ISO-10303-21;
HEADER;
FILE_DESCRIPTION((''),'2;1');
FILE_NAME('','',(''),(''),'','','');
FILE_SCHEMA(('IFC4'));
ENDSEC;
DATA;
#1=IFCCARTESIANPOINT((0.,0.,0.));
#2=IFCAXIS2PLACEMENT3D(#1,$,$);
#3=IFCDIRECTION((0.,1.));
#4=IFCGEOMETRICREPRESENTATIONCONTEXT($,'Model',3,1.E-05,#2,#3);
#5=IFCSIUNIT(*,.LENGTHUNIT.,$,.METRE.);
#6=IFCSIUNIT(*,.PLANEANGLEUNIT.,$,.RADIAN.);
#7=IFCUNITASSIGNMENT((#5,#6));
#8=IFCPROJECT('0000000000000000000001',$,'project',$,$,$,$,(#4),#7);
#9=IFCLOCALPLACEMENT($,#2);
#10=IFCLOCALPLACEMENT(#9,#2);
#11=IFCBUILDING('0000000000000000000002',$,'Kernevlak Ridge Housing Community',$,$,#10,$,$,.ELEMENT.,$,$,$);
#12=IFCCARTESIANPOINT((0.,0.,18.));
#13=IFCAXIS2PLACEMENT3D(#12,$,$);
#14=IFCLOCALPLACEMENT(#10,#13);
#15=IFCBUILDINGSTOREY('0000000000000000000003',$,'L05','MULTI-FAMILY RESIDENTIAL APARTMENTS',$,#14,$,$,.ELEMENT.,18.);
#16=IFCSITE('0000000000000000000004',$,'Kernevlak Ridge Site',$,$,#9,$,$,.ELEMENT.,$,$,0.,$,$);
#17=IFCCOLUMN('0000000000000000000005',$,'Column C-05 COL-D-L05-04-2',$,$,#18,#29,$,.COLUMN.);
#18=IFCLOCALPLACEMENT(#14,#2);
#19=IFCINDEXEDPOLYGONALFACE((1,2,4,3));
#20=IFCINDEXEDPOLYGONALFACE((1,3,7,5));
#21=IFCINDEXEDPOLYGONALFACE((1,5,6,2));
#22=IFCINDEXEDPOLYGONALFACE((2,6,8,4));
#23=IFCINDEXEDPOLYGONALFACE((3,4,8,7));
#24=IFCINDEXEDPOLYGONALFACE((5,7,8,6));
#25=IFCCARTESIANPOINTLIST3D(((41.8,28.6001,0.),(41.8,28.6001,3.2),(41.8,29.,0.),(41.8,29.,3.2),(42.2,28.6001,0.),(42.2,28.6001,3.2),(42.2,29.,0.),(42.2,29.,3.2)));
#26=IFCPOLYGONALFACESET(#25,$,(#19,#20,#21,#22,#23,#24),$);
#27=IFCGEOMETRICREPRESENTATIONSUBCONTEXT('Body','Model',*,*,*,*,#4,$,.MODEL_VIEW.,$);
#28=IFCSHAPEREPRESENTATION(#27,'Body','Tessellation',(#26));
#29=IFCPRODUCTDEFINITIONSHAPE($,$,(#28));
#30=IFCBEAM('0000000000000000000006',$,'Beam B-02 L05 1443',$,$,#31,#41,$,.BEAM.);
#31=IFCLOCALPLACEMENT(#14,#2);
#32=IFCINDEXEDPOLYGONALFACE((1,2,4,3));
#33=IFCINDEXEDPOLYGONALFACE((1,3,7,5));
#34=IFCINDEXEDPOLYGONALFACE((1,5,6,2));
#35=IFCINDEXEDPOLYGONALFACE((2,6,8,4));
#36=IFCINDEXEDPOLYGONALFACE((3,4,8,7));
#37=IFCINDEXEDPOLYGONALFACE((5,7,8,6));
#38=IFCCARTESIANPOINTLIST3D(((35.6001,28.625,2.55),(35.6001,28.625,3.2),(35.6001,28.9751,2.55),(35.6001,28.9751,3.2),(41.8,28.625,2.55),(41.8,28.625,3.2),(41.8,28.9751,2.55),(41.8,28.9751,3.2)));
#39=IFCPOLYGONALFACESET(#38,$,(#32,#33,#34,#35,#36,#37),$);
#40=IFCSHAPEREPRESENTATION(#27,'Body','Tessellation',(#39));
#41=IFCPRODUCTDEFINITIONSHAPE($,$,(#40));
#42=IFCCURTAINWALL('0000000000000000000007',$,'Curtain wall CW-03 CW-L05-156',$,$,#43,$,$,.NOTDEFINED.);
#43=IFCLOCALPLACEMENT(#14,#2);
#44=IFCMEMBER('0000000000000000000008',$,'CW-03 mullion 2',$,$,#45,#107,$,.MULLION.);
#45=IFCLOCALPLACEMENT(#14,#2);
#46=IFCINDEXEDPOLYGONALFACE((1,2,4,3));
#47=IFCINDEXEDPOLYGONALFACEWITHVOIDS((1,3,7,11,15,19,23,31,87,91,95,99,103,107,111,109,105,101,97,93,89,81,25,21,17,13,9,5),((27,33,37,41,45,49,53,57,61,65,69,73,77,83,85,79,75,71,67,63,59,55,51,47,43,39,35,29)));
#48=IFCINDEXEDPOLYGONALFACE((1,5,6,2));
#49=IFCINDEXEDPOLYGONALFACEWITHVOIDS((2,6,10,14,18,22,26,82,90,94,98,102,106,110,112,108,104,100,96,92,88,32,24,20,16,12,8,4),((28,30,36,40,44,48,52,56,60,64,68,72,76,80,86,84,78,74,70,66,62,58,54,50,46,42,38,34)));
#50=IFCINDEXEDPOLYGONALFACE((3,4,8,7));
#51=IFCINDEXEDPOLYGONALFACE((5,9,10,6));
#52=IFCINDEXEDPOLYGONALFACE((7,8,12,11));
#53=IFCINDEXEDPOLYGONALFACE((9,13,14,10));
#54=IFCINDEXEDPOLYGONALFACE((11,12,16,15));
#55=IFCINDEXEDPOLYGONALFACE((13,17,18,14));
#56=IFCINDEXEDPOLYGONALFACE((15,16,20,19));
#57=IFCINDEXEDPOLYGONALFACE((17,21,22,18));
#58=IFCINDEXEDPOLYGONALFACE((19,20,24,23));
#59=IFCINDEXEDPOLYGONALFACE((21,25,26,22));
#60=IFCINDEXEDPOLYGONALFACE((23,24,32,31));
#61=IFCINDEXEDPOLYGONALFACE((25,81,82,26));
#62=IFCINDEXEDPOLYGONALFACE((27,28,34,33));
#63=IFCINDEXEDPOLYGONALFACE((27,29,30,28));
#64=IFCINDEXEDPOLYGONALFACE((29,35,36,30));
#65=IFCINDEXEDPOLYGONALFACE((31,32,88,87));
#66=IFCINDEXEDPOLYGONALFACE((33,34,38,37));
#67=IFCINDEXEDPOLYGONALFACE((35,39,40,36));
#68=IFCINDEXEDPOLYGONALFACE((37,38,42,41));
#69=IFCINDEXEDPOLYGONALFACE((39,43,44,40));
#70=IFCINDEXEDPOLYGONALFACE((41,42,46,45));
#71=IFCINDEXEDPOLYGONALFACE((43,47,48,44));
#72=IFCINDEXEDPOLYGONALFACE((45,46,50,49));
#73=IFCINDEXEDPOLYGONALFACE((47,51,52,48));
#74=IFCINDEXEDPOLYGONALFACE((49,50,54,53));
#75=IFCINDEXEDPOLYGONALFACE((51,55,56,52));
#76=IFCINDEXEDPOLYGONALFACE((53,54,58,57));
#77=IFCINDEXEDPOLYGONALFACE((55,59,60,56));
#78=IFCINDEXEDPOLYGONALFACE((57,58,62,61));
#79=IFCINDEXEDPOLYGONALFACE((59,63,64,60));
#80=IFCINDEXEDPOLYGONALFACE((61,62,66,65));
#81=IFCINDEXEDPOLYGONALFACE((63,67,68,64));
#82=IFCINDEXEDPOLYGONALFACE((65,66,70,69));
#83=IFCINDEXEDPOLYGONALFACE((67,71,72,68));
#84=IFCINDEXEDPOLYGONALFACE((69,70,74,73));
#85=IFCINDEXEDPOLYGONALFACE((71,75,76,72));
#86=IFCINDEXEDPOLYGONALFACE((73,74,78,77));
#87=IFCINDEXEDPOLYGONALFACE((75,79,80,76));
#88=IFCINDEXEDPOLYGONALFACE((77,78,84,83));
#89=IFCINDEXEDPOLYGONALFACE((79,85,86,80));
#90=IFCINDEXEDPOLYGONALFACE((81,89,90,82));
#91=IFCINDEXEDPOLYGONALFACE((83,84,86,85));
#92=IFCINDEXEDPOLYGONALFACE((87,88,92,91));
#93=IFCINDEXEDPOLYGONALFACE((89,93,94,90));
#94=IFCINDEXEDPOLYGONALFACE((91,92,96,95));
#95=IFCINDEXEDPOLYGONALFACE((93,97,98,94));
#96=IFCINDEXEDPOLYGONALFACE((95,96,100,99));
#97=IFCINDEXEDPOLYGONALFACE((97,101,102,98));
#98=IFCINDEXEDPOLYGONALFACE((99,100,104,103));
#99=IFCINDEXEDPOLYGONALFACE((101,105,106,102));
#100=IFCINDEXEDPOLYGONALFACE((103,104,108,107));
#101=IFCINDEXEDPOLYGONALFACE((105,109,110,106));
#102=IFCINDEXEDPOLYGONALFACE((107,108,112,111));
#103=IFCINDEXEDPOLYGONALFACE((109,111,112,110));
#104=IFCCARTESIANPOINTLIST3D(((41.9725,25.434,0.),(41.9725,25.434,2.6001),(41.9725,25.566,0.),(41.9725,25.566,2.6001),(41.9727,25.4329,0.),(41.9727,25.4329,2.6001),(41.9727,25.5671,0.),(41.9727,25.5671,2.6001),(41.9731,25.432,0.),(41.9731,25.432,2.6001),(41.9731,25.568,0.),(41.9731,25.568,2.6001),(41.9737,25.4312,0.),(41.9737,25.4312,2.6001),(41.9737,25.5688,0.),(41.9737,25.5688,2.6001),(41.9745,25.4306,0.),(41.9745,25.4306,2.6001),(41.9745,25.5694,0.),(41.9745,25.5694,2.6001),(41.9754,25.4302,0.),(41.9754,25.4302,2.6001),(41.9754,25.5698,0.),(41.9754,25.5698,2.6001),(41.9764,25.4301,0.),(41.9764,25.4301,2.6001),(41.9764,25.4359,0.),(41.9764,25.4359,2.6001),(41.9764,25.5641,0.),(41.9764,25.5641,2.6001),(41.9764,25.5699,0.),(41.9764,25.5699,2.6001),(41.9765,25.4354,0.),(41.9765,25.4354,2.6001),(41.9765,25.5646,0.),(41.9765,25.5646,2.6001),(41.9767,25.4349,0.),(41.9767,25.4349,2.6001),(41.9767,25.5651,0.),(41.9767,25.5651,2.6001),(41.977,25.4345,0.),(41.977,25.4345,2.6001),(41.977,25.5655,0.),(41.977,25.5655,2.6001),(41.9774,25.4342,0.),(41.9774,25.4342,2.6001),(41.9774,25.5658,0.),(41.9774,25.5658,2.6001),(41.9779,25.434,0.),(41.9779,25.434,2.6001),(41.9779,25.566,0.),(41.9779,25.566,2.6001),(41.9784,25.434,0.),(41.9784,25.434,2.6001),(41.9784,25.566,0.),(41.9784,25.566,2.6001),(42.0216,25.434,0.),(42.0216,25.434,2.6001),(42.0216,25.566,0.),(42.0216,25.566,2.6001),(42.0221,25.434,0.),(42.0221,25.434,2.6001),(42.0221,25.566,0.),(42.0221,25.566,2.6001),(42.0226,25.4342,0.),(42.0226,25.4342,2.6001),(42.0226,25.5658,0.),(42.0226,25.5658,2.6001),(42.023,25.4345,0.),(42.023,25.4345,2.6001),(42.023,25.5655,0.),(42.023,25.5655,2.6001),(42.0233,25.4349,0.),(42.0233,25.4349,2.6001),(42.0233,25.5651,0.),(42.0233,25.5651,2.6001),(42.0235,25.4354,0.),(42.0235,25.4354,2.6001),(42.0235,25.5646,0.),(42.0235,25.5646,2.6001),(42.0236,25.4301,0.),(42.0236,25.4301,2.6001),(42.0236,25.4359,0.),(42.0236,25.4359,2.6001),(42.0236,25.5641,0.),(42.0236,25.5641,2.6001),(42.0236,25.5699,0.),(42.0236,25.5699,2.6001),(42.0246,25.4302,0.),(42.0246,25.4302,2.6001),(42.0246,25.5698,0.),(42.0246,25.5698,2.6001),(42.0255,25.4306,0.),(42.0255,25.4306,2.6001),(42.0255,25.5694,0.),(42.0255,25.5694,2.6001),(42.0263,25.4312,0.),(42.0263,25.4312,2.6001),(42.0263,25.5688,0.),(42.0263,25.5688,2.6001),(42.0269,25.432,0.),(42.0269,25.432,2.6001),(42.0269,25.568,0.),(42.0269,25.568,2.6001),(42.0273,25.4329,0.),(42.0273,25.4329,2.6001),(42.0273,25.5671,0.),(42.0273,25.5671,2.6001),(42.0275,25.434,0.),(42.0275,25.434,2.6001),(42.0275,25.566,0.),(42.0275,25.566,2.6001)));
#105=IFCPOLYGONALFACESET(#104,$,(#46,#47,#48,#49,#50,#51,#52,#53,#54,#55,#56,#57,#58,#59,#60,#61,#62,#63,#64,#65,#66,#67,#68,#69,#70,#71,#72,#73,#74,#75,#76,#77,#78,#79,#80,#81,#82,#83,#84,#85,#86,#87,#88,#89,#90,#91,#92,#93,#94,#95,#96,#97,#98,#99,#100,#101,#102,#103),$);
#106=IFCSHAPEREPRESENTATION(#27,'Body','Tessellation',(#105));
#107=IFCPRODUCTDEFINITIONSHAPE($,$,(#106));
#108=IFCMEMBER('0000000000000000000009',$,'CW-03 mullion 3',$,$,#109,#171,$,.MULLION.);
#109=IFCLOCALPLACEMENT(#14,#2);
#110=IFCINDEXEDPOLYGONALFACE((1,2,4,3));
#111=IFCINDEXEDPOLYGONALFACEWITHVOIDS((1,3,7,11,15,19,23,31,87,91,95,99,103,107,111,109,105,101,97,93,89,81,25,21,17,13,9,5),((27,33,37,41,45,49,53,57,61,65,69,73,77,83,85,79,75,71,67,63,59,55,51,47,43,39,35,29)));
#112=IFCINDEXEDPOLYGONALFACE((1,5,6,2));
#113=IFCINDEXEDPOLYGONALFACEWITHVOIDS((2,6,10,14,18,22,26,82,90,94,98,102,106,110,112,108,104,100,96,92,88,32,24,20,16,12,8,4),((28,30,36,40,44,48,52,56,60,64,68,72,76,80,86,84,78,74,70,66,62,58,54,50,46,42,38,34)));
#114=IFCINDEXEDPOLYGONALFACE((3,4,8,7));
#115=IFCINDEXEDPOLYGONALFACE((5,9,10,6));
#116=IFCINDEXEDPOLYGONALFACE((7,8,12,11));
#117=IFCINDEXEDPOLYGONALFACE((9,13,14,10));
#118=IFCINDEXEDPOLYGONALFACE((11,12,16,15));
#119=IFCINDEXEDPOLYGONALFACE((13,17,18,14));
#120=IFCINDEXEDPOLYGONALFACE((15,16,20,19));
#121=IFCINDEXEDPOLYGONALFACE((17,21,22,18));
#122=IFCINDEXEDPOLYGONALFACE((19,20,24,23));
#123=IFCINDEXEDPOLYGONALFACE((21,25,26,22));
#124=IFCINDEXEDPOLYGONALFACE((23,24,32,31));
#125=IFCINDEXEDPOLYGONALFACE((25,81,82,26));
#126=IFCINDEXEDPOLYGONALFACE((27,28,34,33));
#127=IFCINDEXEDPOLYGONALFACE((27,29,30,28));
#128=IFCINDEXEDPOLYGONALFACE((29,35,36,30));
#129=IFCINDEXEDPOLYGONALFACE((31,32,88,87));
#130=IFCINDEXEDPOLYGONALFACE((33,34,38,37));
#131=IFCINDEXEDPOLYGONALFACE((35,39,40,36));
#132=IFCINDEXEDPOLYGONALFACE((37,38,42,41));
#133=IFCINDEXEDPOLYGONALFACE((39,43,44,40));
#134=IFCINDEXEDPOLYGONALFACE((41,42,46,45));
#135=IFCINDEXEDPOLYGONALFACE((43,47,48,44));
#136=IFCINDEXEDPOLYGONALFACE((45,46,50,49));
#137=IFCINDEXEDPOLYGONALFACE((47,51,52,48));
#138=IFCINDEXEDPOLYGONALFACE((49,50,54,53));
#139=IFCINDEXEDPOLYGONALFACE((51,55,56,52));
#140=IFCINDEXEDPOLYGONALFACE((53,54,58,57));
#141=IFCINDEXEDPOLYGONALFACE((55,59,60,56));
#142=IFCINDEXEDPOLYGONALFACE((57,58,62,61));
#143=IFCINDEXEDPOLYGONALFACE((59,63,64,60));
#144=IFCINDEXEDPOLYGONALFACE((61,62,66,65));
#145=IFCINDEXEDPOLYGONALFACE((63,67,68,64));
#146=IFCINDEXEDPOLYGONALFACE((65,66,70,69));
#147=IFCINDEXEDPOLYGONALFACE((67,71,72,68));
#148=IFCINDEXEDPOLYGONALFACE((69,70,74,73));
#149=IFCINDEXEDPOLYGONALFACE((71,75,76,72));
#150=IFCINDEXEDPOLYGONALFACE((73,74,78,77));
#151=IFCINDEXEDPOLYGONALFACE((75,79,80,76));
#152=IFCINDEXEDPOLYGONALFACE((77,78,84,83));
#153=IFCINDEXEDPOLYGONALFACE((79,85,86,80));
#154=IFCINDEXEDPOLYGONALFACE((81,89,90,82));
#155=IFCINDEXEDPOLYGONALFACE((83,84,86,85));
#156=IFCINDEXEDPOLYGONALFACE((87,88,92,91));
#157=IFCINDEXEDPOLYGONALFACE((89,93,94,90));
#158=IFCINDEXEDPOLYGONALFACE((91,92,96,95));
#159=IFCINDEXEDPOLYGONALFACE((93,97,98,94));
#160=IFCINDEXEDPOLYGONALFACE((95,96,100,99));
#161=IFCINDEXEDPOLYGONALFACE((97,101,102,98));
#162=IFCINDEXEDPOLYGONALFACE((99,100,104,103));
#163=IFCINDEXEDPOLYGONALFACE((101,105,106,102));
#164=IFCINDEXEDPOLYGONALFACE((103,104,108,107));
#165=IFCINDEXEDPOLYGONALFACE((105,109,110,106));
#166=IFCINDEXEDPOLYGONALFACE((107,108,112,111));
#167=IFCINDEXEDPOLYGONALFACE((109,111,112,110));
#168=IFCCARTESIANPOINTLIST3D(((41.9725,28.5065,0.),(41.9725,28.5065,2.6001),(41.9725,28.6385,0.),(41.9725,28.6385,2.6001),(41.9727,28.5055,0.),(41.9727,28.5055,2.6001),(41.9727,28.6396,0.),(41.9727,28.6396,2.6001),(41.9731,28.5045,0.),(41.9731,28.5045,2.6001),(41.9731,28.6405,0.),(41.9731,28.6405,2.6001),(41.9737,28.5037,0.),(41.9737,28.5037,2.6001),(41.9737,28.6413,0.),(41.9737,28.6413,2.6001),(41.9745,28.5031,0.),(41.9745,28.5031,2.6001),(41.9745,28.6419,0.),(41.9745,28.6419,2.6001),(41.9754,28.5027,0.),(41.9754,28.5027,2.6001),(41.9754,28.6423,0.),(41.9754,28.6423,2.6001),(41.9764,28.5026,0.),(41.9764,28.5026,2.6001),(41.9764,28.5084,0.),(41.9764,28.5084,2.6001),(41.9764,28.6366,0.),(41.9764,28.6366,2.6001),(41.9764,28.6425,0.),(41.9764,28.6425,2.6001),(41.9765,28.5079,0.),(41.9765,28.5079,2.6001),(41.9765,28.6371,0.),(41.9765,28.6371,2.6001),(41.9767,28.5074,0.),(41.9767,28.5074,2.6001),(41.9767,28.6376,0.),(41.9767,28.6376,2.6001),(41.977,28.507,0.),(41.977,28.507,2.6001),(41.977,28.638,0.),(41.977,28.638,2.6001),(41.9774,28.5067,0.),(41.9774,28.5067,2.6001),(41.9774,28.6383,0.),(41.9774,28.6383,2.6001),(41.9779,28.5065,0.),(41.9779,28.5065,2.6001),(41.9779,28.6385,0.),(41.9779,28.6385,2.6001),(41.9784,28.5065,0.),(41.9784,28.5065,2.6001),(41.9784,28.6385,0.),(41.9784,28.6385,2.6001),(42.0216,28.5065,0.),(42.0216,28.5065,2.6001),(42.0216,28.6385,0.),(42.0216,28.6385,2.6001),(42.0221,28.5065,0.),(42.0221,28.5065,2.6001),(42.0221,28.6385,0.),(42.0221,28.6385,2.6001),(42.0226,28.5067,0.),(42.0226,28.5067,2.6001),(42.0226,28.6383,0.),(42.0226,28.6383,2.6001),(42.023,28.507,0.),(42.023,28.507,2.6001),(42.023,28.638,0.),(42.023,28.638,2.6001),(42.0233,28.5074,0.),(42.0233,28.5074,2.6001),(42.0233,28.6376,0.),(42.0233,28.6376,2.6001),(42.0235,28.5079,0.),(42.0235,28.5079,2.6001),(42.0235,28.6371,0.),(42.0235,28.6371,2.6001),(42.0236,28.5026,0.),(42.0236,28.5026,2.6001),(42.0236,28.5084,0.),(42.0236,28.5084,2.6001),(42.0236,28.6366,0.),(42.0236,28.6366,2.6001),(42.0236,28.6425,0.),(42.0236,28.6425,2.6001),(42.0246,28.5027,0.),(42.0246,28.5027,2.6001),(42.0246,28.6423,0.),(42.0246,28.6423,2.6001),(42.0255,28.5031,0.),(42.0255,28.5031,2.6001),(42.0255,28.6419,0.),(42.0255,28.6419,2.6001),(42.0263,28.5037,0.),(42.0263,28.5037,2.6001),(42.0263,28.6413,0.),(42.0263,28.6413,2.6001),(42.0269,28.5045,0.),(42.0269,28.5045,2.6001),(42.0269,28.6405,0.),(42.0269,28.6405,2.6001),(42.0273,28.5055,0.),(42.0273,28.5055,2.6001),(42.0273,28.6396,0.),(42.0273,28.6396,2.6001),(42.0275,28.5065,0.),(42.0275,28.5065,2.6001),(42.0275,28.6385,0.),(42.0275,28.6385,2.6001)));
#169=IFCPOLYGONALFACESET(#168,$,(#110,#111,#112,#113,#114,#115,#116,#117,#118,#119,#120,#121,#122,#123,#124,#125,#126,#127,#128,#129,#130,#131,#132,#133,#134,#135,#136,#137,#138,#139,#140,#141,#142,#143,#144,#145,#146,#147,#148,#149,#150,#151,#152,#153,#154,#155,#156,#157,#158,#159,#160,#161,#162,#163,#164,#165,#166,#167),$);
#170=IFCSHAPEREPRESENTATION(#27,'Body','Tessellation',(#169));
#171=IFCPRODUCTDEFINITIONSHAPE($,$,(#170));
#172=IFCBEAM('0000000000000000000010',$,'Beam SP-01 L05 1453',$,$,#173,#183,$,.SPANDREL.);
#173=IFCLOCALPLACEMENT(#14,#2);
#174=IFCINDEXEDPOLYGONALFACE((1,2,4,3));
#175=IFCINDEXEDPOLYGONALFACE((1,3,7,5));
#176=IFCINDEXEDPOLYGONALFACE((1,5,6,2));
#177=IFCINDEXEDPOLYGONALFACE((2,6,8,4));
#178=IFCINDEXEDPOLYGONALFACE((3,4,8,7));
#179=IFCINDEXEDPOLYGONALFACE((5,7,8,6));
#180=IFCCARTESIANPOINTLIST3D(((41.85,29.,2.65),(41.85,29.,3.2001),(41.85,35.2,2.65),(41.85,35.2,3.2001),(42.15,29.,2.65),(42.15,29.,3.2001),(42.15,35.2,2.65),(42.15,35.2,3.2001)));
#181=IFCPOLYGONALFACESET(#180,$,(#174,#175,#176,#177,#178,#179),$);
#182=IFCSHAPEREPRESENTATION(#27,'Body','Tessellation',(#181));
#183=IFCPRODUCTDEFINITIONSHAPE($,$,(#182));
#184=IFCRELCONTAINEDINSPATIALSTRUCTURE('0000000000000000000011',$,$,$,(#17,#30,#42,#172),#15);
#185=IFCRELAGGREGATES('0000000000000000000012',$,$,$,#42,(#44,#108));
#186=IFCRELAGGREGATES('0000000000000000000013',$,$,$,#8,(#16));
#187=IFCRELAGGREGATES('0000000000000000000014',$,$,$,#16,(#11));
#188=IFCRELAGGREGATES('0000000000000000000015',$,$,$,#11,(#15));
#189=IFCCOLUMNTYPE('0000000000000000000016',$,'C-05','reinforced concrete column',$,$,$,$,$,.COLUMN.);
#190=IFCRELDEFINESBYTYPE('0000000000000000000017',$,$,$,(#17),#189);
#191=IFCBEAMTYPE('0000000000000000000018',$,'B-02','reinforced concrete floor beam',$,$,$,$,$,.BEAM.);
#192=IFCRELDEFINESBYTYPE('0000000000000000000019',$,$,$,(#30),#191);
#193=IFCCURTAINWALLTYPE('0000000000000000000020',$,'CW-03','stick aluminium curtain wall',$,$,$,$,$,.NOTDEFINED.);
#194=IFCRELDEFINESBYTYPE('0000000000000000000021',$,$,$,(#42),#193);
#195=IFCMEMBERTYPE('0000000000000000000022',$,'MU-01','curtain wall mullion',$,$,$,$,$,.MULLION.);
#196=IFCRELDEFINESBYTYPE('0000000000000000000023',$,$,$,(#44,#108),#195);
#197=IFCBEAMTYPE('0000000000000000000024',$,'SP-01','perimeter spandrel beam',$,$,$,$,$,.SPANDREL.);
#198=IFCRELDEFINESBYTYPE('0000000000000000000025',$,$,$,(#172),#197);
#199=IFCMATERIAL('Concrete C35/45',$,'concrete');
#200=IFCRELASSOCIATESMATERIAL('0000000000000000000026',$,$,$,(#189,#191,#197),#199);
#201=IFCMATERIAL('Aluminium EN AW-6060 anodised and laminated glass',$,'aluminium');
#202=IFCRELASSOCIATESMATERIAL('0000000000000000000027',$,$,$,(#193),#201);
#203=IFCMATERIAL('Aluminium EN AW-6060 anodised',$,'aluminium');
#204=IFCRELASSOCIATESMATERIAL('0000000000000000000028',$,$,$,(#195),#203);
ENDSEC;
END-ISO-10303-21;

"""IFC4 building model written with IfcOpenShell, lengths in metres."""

from ifc_helpers import new_model, si_unit, direction, frame, origin, origin_2d, place, context, subcontext, project, spatial, rectangle, hollow_rectangle, extrude, material, material_profile, profile_set, type_object, element, aggregate, save


model = new_model("IFC4")

# Units and contexts
model_context = context("Model", 3, precision=1e-05, world=origin(), true_north=direction((0.0, 1.0)))
body_context = subcontext(model_context, "Body", "Model", "MODEL_VIEW")
ifc_project = project(units=[si_unit("LENGTHUNIT", "METRE"), si_unit("PLANEANGLEUNIT", "RADIAN")], contexts=[model_context])

# Site, building, storey
site_placement = place(None, origin())
site = spatial("IfcSite", under=ifc_project, at=site_placement, Name="Kernevlak Ridge Site", CompositionType="ELEMENT", RefElevation=0.0)
building_placement = place(site_placement, origin())
building = spatial("IfcBuilding", under=site, at=building_placement, Name="Kernevlak Ridge Housing Community", CompositionType="ELEMENT")
storey_placement = place(building_placement, frame((0.0, 0.0, 18.0)))
storey = spatial("IfcBuildingStorey", under=building, at=storey_placement, Name="L05", Description="MULTI-FAMILY RESIDENTIAL APARTMENTS", CompositionType="ELEMENT", Elevation=18.0)

# Column
ifc_material_1 = material(Name="Concrete C35/45", Category="concrete")
ifc_material_profile_1 = material_profile(ifc_material_1, rectangle(XDim=0.3999, YDim=0.3999, at=origin_2d()), Name="RC 400x400")
ifc_profile_set_1 = profile_set([ifc_material_profile_1], Name="Concrete C35/45")
column_type = type_object("IfcColumnType", Name="C-05", Description="reinforced concrete column", PredefinedType="COLUMN", material=ifc_profile_set_1)
column_placement = place(storey_placement, frame((42.0, 28.8, 0.0), z_axis=(0.0, 0.0, 1.0), x_axis=(1.0, 0.0, 0.0)))
element("IfcColumn", 1, at=column_placement, inside=storey, type_object=column_type, Name="Column C-05 COL-D-L05-04-2", PredefinedType="COLUMN", context=body_context, shape_type="SweptSolid", body=[
    extrude(rectangle(XDim=0.3999, YDim=0.3999, at=origin_2d()), origin(), (0.0, 0.0, 1.0), 3.2),
])

# Beam
ifc_material_profile_2 = material_profile(ifc_material_1, rectangle(XDim=0.3501, YDim=0.6499, at=origin_2d()), Name="RC 350x650")
ifc_profile_set_2 = profile_set([ifc_material_profile_2], Name="Concrete C35/45")
beam_type_1 = type_object("IfcBeamType", Name="B-02", Description="reinforced concrete floor beam", PredefinedType="BEAM", material=ifc_profile_set_2)
beam_1_placement = place(storey_placement, frame((35.6001, 28.8, 2.875), z_axis=(1.0, 0.0, 0.0), x_axis=(0.0, 1.0, 0.0)))
element("IfcBeam", 2, at=beam_1_placement, inside=storey, type_object=beam_type_1, Name="Beam B-02 L05 1443", PredefinedType="BEAM", context=body_context, shape_type="SweptSolid", body=[
    extrude(rectangle(XDim=0.3501, YDim=0.6499, at=origin_2d()), origin(), (0.0, 0.0, 1.0), 6.2),
])

# Curtain wall, members
ifc_material_2 = material(Name="Aluminium EN AW-6060 anodised and laminated glass", Category="aluminium")
curtain_wall_type = type_object("IfcCurtainWallType", Name="CW-03", Description="stick aluminium curtain wall", PredefinedType="NOTDEFINED", material=ifc_material_2)
curtain_wall_placement = place(storey_placement, origin())
curtain_wall = element("IfcCurtainWall", 3, at=curtain_wall_placement, inside=storey, type_object=curtain_wall_type, Name="Curtain wall CW-03 CW-L05-156", PredefinedType="NOTDEFINED")
ifc_material_3 = material(Name="Aluminium EN AW-6060 anodised", Category="aluminium")
ifc_material_profile_3 = material_profile(ifc_material_3, hollow_rectangle(XDim=0.0549, YDim=0.1399, WallThickness=0.0039, InnerFilletRadius=0.002, OuterFilletRadius=0.0039, at=origin_2d()), Name="ALU 55x140x4")
ifc_profile_set_3 = profile_set([ifc_material_profile_3], Name="Aluminium EN AW-6060 anodised")
member_type_1 = type_object("IfcMemberType", Name="MU-01", Description="curtain wall mullion", PredefinedType="MULLION", material=ifc_profile_set_3)
member_1_placement = place(storey_placement, frame((42.0, 25.5, 0.0), z_axis=(0.0, 0.0, 1.0), x_axis=(-1.0, 0.0, 0.0)))
member_1 = element("IfcMember", 4, at=member_1_placement, type_object=member_type_1, Name="CW-03 mullion 2", PredefinedType="MULLION", context=body_context, shape_type="SweptSolid", body=[
    extrude(hollow_rectangle(XDim=0.0549, YDim=0.1399, WallThickness=0.0039, InnerFilletRadius=0.002, OuterFilletRadius=0.0039, at=origin_2d()), origin(), (0.0, 0.0, 1.0), 2.6001),
])
member_2_placement = place(storey_placement, frame((42.0, 28.5725, 0.0), z_axis=(0.0, 0.0, 1.0), x_axis=(-1.0, 0.0, 0.0)))
member_2 = element("IfcMember", 5, at=member_2_placement, type_object=member_type_1, Name="CW-03 mullion 3", PredefinedType="MULLION", context=body_context, shape_type="SweptSolid", body=[
    extrude(hollow_rectangle(XDim=0.0549, YDim=0.1399, WallThickness=0.0039, InnerFilletRadius=0.002, OuterFilletRadius=0.0039, at=origin_2d()), origin(), (0.0, 0.0, 1.0), 2.6001),
])

# Beam
ifc_material_profile_4 = material_profile(ifc_material_1, rectangle(XDim=0.3, YDim=0.55, at=origin_2d()), Name="RC 300x550")
ifc_profile_set_4 = profile_set([ifc_material_profile_4], Name="Concrete C35/45")
beam_type_2 = type_object("IfcBeamType", Name="SP-01", Description="perimeter spandrel beam", PredefinedType="SPANDREL", material=ifc_profile_set_4)
beam_2_placement = place(storey_placement, frame((42.0, 29.0, 2.925), z_axis=(0.0, 1.0, 0.0), x_axis=(-1.0, 0.0, 0.0)))
element("IfcBeam", 6, at=beam_2_placement, inside=storey, type_object=beam_type_2, Name="Beam SP-01 L05 1453", PredefinedType="SPANDREL", context=body_context, shape_type="SweptSolid", body=[
    extrude(rectangle(XDim=0.3, YDim=0.55, at=origin_2d()), origin(), (0.0, 0.0, 1.0), 6.2),
])

aggregate(curtain_wall, [member_1, member_2])

save(model, "model.ifc")
